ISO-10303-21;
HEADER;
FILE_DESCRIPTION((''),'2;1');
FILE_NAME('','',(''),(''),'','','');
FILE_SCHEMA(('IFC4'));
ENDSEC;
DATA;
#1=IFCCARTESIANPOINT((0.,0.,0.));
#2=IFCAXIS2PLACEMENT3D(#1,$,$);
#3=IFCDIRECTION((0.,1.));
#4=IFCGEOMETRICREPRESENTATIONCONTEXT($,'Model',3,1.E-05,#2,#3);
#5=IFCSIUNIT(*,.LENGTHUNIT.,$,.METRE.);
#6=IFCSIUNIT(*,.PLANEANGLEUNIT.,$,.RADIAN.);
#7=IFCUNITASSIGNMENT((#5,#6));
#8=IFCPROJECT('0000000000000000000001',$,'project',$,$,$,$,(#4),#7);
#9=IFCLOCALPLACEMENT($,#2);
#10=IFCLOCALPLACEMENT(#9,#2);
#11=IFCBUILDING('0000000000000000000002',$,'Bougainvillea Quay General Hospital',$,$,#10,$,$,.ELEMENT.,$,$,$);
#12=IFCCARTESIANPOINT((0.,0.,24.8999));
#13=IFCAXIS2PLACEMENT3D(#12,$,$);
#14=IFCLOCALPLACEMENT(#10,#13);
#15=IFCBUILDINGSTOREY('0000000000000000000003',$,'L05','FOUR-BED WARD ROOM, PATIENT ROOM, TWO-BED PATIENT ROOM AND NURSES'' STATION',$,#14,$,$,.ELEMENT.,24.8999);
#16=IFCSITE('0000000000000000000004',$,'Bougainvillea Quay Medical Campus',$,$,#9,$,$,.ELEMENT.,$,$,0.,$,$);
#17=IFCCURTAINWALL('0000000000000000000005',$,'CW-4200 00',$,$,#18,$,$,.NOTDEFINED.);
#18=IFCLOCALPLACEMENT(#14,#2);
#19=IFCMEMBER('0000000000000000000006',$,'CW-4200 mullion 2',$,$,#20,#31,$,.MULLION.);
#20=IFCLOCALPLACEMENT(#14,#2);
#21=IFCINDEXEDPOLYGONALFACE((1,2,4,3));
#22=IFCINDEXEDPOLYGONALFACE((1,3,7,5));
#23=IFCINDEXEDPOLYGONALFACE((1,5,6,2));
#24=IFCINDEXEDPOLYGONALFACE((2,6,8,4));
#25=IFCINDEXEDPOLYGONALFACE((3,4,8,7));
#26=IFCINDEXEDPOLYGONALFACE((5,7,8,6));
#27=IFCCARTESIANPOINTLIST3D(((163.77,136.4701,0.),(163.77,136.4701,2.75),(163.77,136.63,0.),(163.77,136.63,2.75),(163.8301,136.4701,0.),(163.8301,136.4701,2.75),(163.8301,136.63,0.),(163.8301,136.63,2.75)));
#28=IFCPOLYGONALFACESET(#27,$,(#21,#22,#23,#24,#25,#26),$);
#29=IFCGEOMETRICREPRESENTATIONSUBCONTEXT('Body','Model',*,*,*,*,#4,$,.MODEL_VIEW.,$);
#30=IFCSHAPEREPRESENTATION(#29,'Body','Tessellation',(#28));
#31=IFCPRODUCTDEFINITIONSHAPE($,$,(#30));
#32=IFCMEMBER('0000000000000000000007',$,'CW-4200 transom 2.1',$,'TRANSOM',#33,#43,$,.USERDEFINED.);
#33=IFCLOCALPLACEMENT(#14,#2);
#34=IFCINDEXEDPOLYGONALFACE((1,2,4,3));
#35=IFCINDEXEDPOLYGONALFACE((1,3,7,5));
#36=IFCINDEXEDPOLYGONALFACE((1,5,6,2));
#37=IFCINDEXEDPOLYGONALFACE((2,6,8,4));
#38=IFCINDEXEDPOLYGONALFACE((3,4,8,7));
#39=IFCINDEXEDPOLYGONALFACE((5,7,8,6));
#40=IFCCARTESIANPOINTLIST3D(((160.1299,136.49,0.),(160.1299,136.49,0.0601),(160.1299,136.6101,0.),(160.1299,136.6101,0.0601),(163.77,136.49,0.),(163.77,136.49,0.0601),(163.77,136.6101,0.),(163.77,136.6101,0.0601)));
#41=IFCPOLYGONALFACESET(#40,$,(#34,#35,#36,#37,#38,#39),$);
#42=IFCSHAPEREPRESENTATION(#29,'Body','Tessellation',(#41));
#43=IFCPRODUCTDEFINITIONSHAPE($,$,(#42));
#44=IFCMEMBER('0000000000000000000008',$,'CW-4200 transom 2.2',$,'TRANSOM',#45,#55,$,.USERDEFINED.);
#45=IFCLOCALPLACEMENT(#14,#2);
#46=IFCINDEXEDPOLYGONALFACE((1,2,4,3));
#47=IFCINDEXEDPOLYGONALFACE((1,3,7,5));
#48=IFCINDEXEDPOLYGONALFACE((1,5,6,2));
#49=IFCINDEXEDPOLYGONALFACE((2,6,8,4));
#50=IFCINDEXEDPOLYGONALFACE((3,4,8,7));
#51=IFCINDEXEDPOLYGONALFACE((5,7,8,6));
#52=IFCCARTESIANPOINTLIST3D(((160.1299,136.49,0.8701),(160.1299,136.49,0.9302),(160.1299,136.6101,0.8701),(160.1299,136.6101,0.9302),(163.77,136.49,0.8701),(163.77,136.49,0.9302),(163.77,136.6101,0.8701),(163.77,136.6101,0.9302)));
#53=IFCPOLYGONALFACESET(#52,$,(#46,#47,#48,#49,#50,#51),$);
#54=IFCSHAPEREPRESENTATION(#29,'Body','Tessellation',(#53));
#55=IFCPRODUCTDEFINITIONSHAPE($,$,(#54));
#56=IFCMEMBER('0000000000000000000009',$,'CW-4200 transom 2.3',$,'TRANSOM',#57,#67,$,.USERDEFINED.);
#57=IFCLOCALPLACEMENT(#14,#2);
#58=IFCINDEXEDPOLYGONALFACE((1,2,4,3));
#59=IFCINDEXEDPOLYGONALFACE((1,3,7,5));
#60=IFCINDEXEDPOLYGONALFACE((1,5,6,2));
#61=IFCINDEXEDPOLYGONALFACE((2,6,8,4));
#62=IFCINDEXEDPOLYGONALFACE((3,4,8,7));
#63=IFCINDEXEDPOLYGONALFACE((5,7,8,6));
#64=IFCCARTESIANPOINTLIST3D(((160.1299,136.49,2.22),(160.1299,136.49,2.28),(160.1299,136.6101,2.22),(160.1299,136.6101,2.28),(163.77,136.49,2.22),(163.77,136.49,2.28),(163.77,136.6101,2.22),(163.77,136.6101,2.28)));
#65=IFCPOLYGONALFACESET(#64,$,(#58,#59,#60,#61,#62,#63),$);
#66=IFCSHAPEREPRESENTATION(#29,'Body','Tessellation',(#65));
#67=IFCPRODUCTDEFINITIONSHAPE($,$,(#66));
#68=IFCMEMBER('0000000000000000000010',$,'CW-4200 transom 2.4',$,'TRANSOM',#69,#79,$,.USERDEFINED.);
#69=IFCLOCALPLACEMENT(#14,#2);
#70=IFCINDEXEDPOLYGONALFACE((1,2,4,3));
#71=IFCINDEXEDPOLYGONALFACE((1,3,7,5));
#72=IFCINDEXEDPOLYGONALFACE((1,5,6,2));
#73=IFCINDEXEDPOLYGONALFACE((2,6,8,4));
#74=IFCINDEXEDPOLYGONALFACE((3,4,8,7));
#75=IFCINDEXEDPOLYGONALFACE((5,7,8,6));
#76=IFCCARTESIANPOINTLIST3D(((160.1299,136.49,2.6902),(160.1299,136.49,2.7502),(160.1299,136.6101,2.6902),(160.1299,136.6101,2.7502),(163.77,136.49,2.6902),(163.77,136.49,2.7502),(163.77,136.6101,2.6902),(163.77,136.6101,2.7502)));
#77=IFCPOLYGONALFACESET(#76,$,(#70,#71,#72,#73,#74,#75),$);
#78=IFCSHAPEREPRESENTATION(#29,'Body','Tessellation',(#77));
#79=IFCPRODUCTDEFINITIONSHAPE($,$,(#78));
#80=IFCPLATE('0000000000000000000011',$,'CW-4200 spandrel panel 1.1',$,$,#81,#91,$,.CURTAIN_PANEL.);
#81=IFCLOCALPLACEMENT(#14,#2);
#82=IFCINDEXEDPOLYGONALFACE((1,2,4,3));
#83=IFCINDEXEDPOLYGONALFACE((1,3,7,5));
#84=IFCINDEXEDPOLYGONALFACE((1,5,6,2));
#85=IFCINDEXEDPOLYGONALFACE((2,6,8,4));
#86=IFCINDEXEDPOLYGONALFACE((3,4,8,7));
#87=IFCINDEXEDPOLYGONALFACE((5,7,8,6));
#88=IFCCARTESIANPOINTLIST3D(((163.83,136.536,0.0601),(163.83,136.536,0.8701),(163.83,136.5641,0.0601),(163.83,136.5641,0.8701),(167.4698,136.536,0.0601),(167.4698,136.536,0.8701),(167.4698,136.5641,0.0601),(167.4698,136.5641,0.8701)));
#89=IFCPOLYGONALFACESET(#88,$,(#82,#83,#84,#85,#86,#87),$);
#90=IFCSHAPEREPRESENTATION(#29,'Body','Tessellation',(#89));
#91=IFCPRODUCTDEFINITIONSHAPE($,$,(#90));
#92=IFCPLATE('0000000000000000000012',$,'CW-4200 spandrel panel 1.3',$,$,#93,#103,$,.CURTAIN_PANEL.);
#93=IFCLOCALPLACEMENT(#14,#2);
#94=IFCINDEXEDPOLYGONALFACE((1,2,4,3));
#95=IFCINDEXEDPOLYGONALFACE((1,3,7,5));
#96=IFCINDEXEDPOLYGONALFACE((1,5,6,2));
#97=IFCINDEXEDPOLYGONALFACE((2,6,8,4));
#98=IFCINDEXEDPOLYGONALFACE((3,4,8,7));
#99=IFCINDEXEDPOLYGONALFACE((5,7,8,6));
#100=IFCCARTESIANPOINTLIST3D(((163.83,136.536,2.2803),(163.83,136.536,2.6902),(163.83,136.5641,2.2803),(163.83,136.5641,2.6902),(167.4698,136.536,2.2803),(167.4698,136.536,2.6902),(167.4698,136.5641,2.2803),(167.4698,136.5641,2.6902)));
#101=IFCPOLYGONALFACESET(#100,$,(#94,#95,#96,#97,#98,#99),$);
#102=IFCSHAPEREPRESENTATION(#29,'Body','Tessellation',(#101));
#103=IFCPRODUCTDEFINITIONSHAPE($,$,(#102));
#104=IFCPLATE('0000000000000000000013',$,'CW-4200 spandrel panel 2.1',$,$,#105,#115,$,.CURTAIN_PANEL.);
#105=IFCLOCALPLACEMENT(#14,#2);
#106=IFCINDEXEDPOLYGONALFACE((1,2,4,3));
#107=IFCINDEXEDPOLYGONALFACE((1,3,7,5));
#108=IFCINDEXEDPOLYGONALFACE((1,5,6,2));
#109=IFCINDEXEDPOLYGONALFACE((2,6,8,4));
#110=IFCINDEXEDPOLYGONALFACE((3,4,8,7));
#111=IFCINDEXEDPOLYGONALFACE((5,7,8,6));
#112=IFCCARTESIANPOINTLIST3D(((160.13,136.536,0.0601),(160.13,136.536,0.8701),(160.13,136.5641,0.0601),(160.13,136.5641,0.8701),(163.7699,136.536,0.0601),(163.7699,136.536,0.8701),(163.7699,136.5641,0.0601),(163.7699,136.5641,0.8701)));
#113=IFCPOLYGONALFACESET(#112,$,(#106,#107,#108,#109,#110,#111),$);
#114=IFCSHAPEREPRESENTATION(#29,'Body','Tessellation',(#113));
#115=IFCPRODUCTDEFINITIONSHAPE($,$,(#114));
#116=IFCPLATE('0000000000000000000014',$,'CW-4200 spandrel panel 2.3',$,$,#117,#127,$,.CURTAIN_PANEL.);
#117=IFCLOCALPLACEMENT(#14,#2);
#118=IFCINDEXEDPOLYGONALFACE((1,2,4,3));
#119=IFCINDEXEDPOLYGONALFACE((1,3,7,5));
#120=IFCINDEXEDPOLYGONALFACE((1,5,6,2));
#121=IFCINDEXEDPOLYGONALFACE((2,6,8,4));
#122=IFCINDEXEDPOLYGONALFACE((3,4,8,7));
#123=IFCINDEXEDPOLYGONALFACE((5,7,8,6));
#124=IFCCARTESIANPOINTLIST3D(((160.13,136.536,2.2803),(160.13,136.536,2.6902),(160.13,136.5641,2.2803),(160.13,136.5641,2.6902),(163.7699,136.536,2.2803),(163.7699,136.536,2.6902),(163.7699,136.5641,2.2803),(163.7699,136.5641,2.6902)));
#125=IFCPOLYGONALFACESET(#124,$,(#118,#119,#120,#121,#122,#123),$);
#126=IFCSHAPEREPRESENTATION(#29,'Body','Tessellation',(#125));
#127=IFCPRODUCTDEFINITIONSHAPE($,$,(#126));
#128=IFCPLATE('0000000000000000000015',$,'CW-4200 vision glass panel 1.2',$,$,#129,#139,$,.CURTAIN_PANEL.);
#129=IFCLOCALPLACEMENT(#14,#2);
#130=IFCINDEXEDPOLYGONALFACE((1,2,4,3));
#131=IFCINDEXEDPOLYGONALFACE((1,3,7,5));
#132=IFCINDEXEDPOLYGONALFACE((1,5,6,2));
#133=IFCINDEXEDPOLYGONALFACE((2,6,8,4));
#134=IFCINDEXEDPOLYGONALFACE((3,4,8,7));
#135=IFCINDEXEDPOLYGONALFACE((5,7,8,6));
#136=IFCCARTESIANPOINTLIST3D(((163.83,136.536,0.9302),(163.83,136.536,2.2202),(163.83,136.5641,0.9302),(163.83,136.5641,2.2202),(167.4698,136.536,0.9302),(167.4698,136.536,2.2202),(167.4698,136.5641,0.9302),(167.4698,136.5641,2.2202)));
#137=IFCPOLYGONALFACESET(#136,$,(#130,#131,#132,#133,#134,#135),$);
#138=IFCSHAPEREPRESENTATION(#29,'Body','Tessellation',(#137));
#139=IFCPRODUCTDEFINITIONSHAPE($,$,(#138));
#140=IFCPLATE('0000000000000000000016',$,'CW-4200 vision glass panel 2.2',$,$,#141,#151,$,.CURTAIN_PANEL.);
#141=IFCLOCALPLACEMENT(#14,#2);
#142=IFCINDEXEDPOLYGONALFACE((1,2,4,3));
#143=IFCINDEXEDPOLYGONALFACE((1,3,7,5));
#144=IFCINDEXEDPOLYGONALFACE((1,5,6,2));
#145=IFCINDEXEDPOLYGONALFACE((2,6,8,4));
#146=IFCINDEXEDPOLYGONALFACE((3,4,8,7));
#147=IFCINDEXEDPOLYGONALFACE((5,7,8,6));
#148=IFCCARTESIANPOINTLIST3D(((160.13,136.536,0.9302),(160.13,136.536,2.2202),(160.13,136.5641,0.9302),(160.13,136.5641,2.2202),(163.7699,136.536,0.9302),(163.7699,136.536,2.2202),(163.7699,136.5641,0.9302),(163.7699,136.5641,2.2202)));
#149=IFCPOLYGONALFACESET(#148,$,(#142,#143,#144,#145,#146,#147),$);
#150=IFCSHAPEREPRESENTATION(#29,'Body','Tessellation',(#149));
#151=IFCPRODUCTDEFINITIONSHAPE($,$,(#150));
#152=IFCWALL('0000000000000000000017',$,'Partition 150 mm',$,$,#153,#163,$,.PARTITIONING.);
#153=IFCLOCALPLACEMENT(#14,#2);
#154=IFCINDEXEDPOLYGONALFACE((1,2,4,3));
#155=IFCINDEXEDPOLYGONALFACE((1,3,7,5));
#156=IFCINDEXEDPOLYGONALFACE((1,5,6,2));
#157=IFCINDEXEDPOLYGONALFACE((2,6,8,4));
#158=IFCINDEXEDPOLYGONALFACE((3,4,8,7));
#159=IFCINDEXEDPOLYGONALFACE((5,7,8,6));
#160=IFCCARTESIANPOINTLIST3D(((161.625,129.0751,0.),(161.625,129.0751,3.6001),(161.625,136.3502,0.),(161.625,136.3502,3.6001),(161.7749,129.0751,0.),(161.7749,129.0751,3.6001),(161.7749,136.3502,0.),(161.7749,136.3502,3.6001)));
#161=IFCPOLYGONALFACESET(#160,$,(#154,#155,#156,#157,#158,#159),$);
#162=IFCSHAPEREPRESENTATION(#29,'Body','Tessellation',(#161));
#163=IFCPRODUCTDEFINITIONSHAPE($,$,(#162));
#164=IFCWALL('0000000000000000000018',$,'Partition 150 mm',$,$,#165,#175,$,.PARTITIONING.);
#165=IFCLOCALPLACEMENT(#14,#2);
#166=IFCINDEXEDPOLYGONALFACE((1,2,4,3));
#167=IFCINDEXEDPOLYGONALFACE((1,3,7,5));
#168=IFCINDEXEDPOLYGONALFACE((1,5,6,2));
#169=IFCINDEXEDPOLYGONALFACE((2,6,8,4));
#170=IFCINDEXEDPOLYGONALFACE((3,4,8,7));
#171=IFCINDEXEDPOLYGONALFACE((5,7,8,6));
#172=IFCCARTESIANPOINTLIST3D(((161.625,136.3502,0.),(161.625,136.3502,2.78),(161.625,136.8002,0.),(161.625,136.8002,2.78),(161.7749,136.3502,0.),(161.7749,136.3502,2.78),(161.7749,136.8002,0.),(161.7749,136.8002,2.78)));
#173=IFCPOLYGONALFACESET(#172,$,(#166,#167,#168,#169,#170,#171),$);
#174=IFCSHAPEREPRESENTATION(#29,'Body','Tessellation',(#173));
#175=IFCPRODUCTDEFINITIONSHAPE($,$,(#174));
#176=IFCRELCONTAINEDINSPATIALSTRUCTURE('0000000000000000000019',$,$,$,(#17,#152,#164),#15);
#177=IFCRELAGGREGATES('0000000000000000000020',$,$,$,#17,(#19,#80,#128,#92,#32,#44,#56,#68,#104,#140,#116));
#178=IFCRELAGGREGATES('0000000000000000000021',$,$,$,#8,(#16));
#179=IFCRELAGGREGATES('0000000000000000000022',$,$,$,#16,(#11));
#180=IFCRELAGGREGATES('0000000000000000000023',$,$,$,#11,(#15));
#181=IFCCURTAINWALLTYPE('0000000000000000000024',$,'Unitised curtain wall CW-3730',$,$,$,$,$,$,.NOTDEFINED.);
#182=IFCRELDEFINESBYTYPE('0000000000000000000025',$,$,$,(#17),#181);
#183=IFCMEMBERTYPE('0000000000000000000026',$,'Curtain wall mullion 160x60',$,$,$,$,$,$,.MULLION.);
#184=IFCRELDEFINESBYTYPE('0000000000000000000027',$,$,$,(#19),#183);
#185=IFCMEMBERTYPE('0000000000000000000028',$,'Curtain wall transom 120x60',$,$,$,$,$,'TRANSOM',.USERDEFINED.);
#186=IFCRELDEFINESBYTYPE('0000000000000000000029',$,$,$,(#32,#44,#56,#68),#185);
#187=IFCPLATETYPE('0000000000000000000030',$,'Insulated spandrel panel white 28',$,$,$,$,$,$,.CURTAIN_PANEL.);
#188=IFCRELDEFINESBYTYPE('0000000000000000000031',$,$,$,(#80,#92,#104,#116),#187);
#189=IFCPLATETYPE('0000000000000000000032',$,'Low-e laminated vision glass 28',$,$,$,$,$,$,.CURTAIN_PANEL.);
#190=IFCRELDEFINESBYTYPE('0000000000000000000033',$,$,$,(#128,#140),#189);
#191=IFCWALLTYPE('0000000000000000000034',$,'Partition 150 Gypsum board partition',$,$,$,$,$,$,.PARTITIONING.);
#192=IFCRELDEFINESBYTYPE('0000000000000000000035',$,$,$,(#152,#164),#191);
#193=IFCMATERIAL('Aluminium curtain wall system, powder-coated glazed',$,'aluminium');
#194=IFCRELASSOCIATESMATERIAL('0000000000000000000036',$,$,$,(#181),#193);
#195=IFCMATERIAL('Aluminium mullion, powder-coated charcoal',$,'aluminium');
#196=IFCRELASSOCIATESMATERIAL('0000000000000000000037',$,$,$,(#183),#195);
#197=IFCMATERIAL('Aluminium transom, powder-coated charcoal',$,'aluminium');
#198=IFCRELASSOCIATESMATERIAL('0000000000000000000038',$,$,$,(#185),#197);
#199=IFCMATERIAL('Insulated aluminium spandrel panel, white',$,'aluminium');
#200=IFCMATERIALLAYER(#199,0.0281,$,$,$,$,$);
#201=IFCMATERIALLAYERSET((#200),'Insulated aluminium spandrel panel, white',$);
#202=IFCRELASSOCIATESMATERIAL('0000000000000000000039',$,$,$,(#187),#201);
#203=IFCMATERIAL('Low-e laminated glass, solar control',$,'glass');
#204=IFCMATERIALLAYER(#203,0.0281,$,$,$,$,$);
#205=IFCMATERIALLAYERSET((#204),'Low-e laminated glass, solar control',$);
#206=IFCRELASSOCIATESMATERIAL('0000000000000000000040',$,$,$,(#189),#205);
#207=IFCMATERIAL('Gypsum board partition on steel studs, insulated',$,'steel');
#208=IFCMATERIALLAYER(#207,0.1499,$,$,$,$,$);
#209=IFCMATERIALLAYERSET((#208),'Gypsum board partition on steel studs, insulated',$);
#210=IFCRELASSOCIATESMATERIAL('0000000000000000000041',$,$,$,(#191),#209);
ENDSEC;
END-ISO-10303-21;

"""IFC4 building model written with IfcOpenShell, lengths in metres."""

from ifc_helpers import new_model, si_unit, direction, frame, frame_2d, origin, origin_2d, place, context, subcontext, project, spatial, rectangle, extrude, material, layer, layer_set, material_profile, profile_set, type_object, element, aggregate, save


model = new_model("IFC4")

# Units and contexts
model_context = context("Model", 3, precision=1e-05, world=origin(), true_north=direction((0.0, 1.0)))
body_context = subcontext(model_context, "Body", "Model", "MODEL_VIEW")
ifc_project = project(units=[si_unit("LENGTHUNIT", "METRE"), si_unit("PLANEANGLEUNIT", "RADIAN")], contexts=[model_context])

# Site, building, storey
site_placement = place(None, origin())
site = spatial("IfcSite", under=ifc_project, at=site_placement, Name="Bougainvillea Quay Medical Campus", CompositionType="ELEMENT", RefElevation=0.0)
building_placement = place(site_placement, origin())
building = spatial("IfcBuilding", under=site, at=building_placement, Name="Bougainvillea Quay General Hospital", CompositionType="ELEMENT")
storey_placement = place(building_placement, frame((0.0, 0.0, 24.8999)))
storey = spatial("IfcBuildingStorey", under=building, at=storey_placement, Name="L05", Description="FOUR-BED WARD ROOM, PATIENT ROOM, TWO-BED PATIENT ROOM AND NURSES' STATION", CompositionType="ELEMENT", Elevation=24.8999)

# Curtain wall, members, plates
ifc_material_1 = material(Name="Aluminium curtain wall system, powder-coated glazed", Category="aluminium")
curtain_wall_type = type_object("IfcCurtainWallType", Name="Unitised curtain wall CW-3730", PredefinedType="NOTDEFINED", material=ifc_material_1)
curtain_wall_placement = place(storey_placement, origin())
curtain_wall = element("IfcCurtainWall", 1, at=curtain_wall_placement, inside=storey, type_object=curtain_wall_type, Name="CW-4200 00", PredefinedType="NOTDEFINED")
ifc_material_2 = material(Name="Aluminium mullion, powder-coated charcoal", Category="aluminium")
ifc_material_profile_1 = material_profile(ifc_material_2, rectangle(XDim=0.1599, YDim=0.0601, at=origin_2d()))
ifc_profile_set_1 = profile_set([ifc_material_profile_1], Name="Aluminium mullion, powder-coated charcoal")
member_type_1 = type_object("IfcMemberType", Name="Curtain wall mullion 160x60", PredefinedType="MULLION", material=ifc_profile_set_1)
member_1_placement = place(storey_placement, frame((163.8, 136.55, 0.0), z_axis=(0.0, 0.0, 1.0), x_axis=(0.0, -1.0, 0.0)))
member_1 = element("IfcMember", 2, at=member_1_placement, type_object=member_type_1, Name="CW-4200 mullion 2", PredefinedType="MULLION", context=body_context, shape_type="SweptSolid", body=[
    extrude(rectangle(XDim=0.1599, YDim=0.0601, at=origin_2d()), origin(), (0.0, 0.0, 1.0), 2.75),
])
ifc_material_3 = material(Name="Aluminium transom, powder-coated charcoal", Category="aluminium")
ifc_material_profile_2 = material_profile(ifc_material_3, rectangle(XDim=0.1201, YDim=0.0601, at=origin_2d()))
ifc_profile_set_2 = profile_set([ifc_material_profile_2], Name="Aluminium transom, powder-coated charcoal")
member_type_2 = type_object("IfcMemberType", Name="Curtain wall transom 120x60", ElementType="TRANSOM", PredefinedType="USERDEFINED", material=ifc_profile_set_2)
member_2_placement = place(storey_placement, frame((163.77, 136.55, 0.03), z_axis=(-1.0, 0.0, 0.0), x_axis=(0.0, -1.0, 0.0)))
member_2 = element("IfcMember", 3, at=member_2_placement, type_object=member_type_2, Name="CW-4200 transom 2.1", ObjectType="TRANSOM", PredefinedType="USERDEFINED", context=body_context, shape_type="SweptSolid", body=[
    extrude(rectangle(XDim=0.1201, YDim=0.0601, at=origin_2d()), origin(), (0.0, 0.0, 1.0), 3.6401),
])
member_3_placement = place(storey_placement, frame((163.77, 136.55, 0.9001), z_axis=(-1.0, 0.0, 0.0), x_axis=(0.0, -1.0, 0.0)))
member_3 = element("IfcMember", 4, at=member_3_placement, type_object=member_type_2, Name="CW-4200 transom 2.2", ObjectType="TRANSOM", PredefinedType="USERDEFINED", context=body_context, shape_type="SweptSolid", body=[
    extrude(rectangle(XDim=0.1201, YDim=0.0601, at=origin_2d()), origin(), (0.0, 0.0, 1.0), 3.6401),
])
member_4_placement = place(storey_placement, frame((163.77, 136.55, 2.25), z_axis=(-1.0, 0.0, 0.0), x_axis=(0.0, -1.0, 0.0)))
member_4 = element("IfcMember", 5, at=member_4_placement, type_object=member_type_2, Name="CW-4200 transom 2.3", ObjectType="TRANSOM", PredefinedType="USERDEFINED", context=body_context, shape_type="SweptSolid", body=[
    extrude(rectangle(XDim=0.1201, YDim=0.0601, at=origin_2d()), origin(), (0.0, 0.0, 1.0), 3.6401),
])
member_5_placement = place(storey_placement, frame((163.77, 136.55, 2.7202), z_axis=(-1.0, 0.0, 0.0), x_axis=(0.0, -1.0, 0.0)))
member_5 = element("IfcMember", 6, at=member_5_placement, type_object=member_type_2, Name="CW-4200 transom 2.4", ObjectType="TRANSOM", PredefinedType="USERDEFINED", context=body_context, shape_type="SweptSolid", body=[
    extrude(rectangle(XDim=0.1201, YDim=0.0601, at=origin_2d()), origin(), (0.0, 0.0, 1.0), 3.6401),
])
ifc_material_4 = material(Name="Insulated aluminium spandrel panel, white", Category="aluminium")
ifc_layer_1 = layer(ifc_material_4, 0.0281)
ifc_layer_set_1 = layer_set([ifc_layer_1], Name="Insulated aluminium spandrel panel, white")
plate_type_1 = type_object("IfcPlateType", Name="Insulated spandrel panel white 28", PredefinedType="CURTAIN_PANEL", material=ifc_layer_set_1)
plate_1_placement = place(storey_placement, frame((165.6499, 136.55, 0.0601), z_axis=(0.0, 0.0, 1.0), x_axis=(-1.0, 0.0, 0.0)))
plate_1 = element("IfcPlate", 7, at=plate_1_placement, type_object=plate_type_1, Name="CW-4200 spandrel panel 1.1", PredefinedType="CURTAIN_PANEL", context=body_context, shape_type="SweptSolid", body=[
    extrude(rectangle(XDim=3.6399, YDim=0.0281, at=origin_2d()), origin(), (0.0, 0.0, 1.0), 0.8101),
])
plate_2_placement = place(storey_placement, frame((165.6499, 136.55, 2.2803), z_axis=(0.0, 0.0, 1.0), x_axis=(-1.0, 0.0, 0.0)))
plate_2 = element("IfcPlate", 8, at=plate_2_placement, type_object=plate_type_1, Name="CW-4200 spandrel panel 1.3", PredefinedType="CURTAIN_PANEL", context=body_context, shape_type="SweptSolid", body=[
    extrude(rectangle(XDim=3.6399, YDim=0.0281, at=origin_2d()), origin(), (0.0, 0.0, 1.0), 0.4099),
])
plate_3_placement = place(storey_placement, frame((161.95, 136.55, 0.0601), z_axis=(0.0, 0.0, 1.0), x_axis=(-1.0, 0.0, 0.0)))
plate_3 = element("IfcPlate", 9, at=plate_3_placement, type_object=plate_type_1, Name="CW-4200 spandrel panel 2.1", PredefinedType="CURTAIN_PANEL", context=body_context, shape_type="SweptSolid", body=[
    extrude(rectangle(XDim=3.6399, YDim=0.0281, at=origin_2d()), origin(), (0.0, 0.0, 1.0), 0.8101),
])
plate_4_placement = place(storey_placement, frame((161.95, 136.55, 2.2803), z_axis=(0.0, 0.0, 1.0), x_axis=(-1.0, 0.0, 0.0)))
plate_4 = element("IfcPlate", 10, at=plate_4_placement, type_object=plate_type_1, Name="CW-4200 spandrel panel 2.3", PredefinedType="CURTAIN_PANEL", context=body_context, shape_type="SweptSolid", body=[
    extrude(rectangle(XDim=3.6399, YDim=0.0281, at=origin_2d()), origin(), (0.0, 0.0, 1.0), 0.4099),
])
ifc_material_5 = material(Name="Low-e laminated glass, solar control", Category="glass")
ifc_layer_2 = layer(ifc_material_5, 0.0281)
ifc_layer_set_2 = layer_set([ifc_layer_2], Name="Low-e laminated glass, solar control")
plate_type_2 = type_object("IfcPlateType", Name="Low-e laminated vision glass 28", PredefinedType="CURTAIN_PANEL", material=ifc_layer_set_2)
plate_5_placement = place(storey_placement, frame((165.6499, 136.55, 0.9302), z_axis=(0.0, 0.0, 1.0), x_axis=(-1.0, 0.0, 0.0)))
plate_5 = element("IfcPlate", 11, at=plate_5_placement, type_object=plate_type_2, Name="CW-4200 vision glass panel 1.2", PredefinedType="CURTAIN_PANEL", context=body_context, shape_type="SweptSolid", body=[
    extrude(rectangle(XDim=3.6399, YDim=0.0281, at=origin_2d()), origin(), (0.0, 0.0, 1.0), 1.29),
])
plate_6_placement = place(storey_placement, frame((161.95, 136.55, 0.9302), z_axis=(0.0, 0.0, 1.0), x_axis=(-1.0, 0.0, 0.0)))
plate_6 = element("IfcPlate", 12, at=plate_6_placement, type_object=plate_type_2, Name="CW-4200 vision glass panel 2.2", PredefinedType="CURTAIN_PANEL", context=body_context, shape_type="SweptSolid", body=[
    extrude(rectangle(XDim=3.6399, YDim=0.0281, at=origin_2d()), origin(), (0.0, 0.0, 1.0), 1.29),
])
aggregate(curtain_wall, [member_1, plate_1, plate_5, plate_2, member_2, member_3, member_4, member_5, plate_3, plate_6, plate_4])

# Walls
ifc_material_6 = material(Name="Gypsum board partition on steel studs, insulated", Category="steel")
ifc_layer_3 = layer(ifc_material_6, 0.1499)
ifc_layer_set_3 = layer_set([ifc_layer_3], Name="Gypsum board partition on steel studs, insulated")
wall_type_1 = type_object("IfcWallType", Name="Partition 150 Gypsum board partition", PredefinedType="PARTITIONING", material=ifc_layer_set_3)
wall_1_placement = place(storey_placement, frame((161.7, 129.075, 0.0), z_axis=(0.0, 0.0, 1.0), x_axis=(0.0, 1.0, 0.0)))
element("IfcWall", 13, at=wall_1_placement, inside=storey, type_object=wall_type_1, Name="Partition 150 mm", PredefinedType="PARTITIONING", context=body_context, shape_type="SweptSolid", body=[
    extrude(rectangle(XDim=7.2751, YDim=0.1499, at=frame_2d((3.6377, 0.0))), origin(), (0.0, 0.0, 1.0), 3.6001),
])
wall_2_placement = place(storey_placement, frame((161.7, 136.3501, 0.0), z_axis=(0.0, 0.0, 1.0), x_axis=(0.0, 1.0, 0.0)))
element("IfcWall", 14, at=wall_2_placement, inside=storey, type_object=wall_type_1, Name="Partition 150 mm", PredefinedType="PARTITIONING", context=body_context, shape_type="SweptSolid", body=[
    extrude(rectangle(XDim=0.45, YDim=0.1499, at=frame_2d((0.2251, 0.0))), origin(), (0.0, 0.0, 1.0), 2.78),
])

save(model, "model.ifc")
